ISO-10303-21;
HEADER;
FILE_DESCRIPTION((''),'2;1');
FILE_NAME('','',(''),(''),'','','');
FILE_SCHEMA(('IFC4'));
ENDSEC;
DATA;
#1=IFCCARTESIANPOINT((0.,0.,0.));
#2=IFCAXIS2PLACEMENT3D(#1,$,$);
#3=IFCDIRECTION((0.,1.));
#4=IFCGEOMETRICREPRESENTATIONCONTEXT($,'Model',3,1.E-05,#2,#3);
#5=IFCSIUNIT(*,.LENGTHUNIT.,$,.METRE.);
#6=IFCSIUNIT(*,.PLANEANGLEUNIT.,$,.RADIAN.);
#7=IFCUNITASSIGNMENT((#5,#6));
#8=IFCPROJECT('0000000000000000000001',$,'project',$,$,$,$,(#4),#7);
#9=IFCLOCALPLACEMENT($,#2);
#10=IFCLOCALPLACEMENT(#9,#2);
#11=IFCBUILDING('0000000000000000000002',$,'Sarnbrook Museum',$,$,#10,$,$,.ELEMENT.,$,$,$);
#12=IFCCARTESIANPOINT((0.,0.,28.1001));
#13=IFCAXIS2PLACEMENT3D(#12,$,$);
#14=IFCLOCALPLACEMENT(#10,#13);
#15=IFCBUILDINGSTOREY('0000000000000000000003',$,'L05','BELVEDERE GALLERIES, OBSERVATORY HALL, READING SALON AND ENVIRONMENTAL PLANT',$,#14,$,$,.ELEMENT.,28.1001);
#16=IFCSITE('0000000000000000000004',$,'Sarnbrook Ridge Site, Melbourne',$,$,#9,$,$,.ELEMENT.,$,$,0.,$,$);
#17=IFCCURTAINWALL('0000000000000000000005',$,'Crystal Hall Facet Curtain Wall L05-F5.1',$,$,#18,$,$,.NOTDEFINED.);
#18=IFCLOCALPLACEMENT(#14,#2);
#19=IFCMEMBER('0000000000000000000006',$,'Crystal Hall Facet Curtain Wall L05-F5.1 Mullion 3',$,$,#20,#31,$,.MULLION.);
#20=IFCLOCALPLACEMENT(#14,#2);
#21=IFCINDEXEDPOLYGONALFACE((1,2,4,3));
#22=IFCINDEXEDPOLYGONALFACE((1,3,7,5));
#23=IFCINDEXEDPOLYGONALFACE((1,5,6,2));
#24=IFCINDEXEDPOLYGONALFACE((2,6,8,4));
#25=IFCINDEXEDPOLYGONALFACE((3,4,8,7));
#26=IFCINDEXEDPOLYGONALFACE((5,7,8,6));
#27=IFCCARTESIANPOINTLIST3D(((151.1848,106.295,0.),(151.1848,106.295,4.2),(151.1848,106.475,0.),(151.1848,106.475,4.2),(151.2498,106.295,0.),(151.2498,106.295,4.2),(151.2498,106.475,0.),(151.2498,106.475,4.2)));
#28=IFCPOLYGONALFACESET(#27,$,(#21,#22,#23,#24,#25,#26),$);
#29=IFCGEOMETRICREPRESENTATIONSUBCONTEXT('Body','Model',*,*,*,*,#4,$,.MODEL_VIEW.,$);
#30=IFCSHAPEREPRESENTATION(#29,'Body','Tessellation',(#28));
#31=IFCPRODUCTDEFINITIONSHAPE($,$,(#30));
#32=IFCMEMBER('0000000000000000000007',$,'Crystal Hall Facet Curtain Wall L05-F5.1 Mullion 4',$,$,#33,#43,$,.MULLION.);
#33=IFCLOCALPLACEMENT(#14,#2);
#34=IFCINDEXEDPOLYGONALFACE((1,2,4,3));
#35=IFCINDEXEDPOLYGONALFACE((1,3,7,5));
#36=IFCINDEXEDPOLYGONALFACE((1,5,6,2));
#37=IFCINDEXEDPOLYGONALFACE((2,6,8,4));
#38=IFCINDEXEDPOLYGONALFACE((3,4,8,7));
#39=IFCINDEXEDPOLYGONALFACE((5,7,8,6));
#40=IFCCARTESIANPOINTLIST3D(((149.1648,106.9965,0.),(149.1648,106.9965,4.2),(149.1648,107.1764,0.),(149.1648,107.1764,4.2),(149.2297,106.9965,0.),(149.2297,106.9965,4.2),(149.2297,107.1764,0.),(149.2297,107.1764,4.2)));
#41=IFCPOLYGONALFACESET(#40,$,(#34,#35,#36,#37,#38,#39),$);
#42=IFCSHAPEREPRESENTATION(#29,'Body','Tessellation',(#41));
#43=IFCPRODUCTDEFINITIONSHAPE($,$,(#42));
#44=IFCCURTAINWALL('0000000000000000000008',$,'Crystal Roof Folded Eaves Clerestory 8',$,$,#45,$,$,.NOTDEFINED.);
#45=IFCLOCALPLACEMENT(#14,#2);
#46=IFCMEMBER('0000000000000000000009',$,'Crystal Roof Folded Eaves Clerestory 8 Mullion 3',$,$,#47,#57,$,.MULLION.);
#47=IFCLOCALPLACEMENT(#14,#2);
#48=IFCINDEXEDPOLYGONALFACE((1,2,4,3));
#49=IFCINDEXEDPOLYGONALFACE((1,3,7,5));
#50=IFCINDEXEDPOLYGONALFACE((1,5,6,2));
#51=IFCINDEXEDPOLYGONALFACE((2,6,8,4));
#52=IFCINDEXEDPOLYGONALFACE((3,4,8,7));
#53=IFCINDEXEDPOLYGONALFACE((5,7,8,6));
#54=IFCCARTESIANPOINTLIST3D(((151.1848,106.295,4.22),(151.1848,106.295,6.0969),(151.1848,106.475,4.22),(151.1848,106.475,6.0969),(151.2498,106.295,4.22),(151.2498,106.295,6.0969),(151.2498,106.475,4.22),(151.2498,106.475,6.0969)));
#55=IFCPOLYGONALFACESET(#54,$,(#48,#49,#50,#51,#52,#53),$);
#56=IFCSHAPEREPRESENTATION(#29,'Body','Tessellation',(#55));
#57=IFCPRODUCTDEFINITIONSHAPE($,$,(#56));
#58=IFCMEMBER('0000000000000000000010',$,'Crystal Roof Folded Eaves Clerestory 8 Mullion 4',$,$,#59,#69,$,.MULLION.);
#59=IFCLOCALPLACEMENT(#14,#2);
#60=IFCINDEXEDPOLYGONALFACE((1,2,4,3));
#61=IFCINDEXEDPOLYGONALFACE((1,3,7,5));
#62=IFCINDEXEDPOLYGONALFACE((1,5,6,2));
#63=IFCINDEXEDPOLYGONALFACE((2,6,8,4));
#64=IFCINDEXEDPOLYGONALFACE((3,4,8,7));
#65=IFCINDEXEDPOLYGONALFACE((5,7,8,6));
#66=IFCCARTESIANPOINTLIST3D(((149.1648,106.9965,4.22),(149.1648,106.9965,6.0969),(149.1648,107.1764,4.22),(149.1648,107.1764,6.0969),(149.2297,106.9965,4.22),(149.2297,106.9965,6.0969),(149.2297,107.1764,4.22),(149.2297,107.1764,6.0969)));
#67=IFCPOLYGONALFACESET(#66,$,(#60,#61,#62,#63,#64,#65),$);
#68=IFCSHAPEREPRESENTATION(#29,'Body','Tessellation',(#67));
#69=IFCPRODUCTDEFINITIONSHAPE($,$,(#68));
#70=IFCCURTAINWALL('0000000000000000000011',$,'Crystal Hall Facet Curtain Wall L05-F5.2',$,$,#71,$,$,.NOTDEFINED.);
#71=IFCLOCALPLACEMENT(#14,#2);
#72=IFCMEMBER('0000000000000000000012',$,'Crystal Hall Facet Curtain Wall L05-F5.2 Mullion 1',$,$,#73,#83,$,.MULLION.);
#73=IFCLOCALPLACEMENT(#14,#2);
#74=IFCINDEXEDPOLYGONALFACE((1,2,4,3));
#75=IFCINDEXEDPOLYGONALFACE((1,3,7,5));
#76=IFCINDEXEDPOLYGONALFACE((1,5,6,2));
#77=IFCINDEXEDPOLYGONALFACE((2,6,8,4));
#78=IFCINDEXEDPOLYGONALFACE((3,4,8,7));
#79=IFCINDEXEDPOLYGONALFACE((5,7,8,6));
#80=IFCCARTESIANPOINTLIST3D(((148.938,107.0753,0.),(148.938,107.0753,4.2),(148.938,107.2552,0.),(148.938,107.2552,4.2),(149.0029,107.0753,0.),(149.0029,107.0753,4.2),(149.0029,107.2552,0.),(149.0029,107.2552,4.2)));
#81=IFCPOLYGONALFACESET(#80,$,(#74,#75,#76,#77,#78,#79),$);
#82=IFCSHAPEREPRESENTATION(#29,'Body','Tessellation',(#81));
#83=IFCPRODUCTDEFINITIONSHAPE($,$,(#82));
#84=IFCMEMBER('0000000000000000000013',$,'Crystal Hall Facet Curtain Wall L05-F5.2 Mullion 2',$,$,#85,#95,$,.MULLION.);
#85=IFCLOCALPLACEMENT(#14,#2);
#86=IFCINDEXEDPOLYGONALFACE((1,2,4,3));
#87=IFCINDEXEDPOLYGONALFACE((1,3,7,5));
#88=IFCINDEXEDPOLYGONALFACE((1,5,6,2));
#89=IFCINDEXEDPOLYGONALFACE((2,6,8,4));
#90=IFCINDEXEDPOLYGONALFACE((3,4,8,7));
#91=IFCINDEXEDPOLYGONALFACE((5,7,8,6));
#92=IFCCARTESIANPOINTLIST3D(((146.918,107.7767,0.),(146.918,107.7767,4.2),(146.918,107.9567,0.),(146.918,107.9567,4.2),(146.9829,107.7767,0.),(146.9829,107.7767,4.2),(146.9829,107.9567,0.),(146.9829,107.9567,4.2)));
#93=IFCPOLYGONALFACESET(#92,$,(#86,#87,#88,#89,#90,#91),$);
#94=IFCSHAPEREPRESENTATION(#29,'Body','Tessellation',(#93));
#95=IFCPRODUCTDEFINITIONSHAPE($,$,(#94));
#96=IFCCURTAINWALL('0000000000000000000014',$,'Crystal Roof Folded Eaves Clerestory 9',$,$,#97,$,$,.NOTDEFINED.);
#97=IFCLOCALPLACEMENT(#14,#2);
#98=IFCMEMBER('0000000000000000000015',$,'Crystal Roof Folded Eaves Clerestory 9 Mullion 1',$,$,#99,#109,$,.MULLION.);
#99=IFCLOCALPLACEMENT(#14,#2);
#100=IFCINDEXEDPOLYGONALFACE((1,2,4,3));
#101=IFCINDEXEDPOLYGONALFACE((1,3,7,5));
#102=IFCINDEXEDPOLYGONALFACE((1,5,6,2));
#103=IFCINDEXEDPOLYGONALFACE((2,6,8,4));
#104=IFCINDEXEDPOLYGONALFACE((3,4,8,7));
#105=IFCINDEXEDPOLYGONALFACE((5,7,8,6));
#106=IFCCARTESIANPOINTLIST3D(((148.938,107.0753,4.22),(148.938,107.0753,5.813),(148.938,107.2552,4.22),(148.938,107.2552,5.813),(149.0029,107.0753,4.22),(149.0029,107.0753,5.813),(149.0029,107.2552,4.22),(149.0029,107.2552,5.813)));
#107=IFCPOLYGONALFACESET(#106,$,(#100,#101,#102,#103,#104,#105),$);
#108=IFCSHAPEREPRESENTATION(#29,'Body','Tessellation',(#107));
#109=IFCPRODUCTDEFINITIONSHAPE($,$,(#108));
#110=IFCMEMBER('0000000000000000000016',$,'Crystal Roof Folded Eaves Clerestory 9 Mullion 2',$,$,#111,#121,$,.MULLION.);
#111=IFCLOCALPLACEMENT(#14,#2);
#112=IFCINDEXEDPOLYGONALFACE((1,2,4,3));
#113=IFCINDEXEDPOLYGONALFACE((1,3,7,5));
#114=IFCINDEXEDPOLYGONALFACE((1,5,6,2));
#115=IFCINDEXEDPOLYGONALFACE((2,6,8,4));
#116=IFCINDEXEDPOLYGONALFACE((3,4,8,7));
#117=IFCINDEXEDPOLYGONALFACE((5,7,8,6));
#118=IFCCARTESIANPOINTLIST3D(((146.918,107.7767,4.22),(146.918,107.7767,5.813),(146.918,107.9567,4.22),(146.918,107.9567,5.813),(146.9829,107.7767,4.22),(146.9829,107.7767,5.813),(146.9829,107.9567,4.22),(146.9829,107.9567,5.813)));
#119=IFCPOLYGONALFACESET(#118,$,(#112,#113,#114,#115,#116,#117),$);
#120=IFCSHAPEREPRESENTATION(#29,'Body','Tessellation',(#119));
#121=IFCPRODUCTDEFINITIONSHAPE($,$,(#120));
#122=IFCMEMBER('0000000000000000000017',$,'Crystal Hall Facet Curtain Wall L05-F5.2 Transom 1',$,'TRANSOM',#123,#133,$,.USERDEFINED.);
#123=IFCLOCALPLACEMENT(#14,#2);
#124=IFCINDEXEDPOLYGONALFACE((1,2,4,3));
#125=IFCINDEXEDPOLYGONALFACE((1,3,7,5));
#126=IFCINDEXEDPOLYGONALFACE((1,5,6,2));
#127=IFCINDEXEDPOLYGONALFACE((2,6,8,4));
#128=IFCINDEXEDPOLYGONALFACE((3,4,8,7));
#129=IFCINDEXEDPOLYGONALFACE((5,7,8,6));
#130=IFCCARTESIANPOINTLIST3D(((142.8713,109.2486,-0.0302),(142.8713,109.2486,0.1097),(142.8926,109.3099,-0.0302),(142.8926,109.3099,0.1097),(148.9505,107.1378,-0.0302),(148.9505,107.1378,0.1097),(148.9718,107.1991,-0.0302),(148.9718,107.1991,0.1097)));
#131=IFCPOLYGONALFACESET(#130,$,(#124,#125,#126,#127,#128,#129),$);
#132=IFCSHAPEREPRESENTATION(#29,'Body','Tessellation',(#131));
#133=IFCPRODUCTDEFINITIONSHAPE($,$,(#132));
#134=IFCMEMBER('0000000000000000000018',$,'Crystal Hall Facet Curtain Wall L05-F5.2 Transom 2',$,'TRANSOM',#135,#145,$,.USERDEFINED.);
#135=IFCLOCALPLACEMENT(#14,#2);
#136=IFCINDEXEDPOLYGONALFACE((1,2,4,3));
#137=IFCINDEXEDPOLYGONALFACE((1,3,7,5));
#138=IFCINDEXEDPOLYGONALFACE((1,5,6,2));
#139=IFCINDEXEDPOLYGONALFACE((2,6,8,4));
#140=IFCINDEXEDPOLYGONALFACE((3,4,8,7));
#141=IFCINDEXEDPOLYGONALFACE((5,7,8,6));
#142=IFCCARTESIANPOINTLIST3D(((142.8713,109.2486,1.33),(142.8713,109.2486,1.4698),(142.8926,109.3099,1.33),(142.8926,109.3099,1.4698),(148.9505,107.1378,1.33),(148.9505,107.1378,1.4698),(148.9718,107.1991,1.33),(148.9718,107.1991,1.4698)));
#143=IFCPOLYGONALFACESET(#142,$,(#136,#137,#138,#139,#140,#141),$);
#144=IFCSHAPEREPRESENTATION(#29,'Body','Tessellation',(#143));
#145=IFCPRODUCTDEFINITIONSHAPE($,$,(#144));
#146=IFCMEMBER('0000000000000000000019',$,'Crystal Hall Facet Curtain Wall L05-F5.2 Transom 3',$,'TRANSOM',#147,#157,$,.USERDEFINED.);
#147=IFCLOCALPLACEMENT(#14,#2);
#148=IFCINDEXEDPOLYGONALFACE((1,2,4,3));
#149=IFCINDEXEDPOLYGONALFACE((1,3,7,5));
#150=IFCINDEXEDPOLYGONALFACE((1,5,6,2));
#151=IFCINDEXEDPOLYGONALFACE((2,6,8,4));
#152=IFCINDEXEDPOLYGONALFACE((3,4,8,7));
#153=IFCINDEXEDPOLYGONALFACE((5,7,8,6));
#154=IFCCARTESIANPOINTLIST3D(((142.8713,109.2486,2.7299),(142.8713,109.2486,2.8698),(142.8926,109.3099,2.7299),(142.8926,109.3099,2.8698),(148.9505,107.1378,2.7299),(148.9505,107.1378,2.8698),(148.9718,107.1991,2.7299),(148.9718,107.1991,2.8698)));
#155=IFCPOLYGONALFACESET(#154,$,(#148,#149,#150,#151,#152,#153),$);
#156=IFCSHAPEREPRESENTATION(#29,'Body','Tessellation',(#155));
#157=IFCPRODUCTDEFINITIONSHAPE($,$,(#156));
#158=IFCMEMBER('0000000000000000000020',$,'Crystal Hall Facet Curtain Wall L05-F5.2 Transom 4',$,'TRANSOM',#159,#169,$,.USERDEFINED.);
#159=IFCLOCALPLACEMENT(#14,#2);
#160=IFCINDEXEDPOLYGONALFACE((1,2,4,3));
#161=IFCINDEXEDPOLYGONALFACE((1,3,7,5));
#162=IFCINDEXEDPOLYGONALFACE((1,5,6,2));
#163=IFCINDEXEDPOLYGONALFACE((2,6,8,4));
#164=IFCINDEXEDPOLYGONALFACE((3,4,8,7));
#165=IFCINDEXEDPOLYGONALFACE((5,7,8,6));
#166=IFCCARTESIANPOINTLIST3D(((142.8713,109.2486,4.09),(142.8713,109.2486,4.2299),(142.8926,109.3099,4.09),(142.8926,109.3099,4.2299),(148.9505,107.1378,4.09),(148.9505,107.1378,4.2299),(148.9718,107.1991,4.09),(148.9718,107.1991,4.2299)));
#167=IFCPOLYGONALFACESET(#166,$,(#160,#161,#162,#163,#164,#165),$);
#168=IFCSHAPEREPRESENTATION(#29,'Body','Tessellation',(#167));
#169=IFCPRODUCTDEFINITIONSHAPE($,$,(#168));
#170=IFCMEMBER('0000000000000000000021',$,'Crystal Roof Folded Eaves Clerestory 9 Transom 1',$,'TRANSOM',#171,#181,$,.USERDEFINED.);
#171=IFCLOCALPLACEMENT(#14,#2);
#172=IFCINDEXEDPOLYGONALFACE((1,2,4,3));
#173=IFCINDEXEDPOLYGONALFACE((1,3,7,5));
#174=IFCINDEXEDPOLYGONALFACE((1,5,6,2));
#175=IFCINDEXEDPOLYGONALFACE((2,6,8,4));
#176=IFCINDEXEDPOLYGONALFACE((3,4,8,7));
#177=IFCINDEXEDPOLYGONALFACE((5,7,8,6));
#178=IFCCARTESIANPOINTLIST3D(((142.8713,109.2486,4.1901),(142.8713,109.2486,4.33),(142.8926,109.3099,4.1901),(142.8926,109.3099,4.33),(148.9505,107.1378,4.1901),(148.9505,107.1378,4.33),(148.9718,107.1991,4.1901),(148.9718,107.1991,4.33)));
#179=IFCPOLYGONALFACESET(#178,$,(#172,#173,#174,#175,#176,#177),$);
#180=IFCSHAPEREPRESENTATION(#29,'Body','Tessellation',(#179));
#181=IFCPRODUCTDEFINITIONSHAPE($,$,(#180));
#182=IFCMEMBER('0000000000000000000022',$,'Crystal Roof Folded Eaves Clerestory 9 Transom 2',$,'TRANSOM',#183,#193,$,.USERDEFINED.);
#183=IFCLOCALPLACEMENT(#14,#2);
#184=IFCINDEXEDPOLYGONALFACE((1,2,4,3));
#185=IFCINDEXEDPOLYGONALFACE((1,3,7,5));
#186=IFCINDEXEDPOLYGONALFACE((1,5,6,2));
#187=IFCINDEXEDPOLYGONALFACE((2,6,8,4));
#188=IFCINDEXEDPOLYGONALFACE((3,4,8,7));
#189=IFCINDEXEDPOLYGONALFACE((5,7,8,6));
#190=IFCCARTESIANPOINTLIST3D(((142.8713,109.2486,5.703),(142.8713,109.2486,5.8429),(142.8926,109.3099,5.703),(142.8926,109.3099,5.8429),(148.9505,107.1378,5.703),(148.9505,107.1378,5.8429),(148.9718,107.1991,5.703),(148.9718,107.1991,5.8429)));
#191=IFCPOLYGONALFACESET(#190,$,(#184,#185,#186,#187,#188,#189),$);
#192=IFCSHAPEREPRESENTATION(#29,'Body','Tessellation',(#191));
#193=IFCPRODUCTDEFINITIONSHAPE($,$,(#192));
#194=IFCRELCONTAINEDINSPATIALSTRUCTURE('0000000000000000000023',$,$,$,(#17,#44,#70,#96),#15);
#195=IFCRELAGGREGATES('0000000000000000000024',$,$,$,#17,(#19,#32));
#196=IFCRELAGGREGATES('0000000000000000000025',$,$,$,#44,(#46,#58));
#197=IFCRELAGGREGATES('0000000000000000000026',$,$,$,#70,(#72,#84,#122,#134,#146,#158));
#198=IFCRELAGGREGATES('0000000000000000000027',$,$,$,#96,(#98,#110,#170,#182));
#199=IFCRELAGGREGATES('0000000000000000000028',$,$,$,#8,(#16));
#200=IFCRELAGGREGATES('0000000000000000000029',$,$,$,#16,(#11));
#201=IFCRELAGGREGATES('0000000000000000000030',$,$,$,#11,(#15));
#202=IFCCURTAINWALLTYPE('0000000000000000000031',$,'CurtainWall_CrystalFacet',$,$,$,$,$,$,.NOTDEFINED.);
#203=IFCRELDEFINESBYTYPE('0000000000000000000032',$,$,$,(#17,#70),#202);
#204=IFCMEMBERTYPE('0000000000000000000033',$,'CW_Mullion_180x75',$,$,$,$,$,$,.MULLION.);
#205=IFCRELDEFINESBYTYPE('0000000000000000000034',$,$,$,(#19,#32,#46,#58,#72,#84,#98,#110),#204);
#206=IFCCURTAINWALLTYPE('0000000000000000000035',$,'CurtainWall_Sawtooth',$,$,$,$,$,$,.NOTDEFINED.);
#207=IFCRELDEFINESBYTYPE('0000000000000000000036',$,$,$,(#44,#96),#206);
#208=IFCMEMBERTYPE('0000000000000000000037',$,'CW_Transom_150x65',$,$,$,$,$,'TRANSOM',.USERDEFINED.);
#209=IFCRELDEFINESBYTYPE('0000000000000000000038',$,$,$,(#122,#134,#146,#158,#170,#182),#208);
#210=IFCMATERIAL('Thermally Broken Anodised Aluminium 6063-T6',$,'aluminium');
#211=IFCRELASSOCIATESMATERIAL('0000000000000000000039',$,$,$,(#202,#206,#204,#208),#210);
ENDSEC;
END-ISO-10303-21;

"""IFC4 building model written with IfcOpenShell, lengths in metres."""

from ifc_helpers import new_model, si_unit, direction, frame, origin, origin_2d, place, context, subcontext, project, spatial, rectangle, extrude, material, material_profile, profile_set, type_object, element, aggregate, save


model = new_model("IFC4")

# Units and contexts
model_context = context("Model", 3, precision=1e-05, world=origin(), true_north=direction((0.0, 1.0)))
body_context = subcontext(model_context, "Body", "Model", "MODEL_VIEW")
ifc_project = project(units=[si_unit("LENGTHUNIT", "METRE"), si_unit("PLANEANGLEUNIT", "RADIAN")], contexts=[model_context])

# Site, building, storey
site_placement = place(None, origin())
site = spatial("IfcSite", under=ifc_project, at=site_placement, Name="Sarnbrook Ridge Site, Melbourne", CompositionType="ELEMENT", RefElevation=0.0)
building_placement = place(site_placement, origin())
building = spatial("IfcBuilding", under=site, at=building_placement, Name="Sarnbrook Museum", CompositionType="ELEMENT")
storey_placement = place(building_placement, frame((0.0, 0.0, 28.1001)))
storey = spatial("IfcBuildingStorey", under=building, at=storey_placement, Name="L05", Description="BELVEDERE GALLERIES, OBSERVATORY HALL, READING SALON AND ENVIRONMENTAL PLANT", CompositionType="ELEMENT", Elevation=28.1001)

# Curtain walls, members
ifc_material_1 = material(Name="Thermally Broken Anodised Aluminium 6063-T6", Category="aluminium")
curtain_wall_type_1 = type_object("IfcCurtainWallType", Name="CurtainWall_CrystalFacet", PredefinedType="NOTDEFINED", material=ifc_material_1)
curtain_wall_1_placement = place(storey_placement, origin())
curtain_wall_1 = element("IfcCurtainWall", 1, at=curtain_wall_1_placement, inside=storey, type_object=curtain_wall_type_1, Name="Crystal Hall Facet Curtain Wall L05-F5.1", PredefinedType="NOTDEFINED")
ifc_material_profile_1 = material_profile(ifc_material_1, rectangle(XDim=0.0649, YDim=0.1799, at=origin_2d()), Name="ALU MULLION 65x180")
ifc_profile_set_1 = profile_set([ifc_material_profile_1], Name="Thermally Broken Anodised Aluminium 6063-T6")
member_type_1 = type_object("IfcMemberType", Name="CW_Mullion_180x75", PredefinedType="MULLION", material=ifc_profile_set_1)
member_1_placement = place(storey_placement, frame((151.2173, 106.385, 0.0), z_axis=(0.0, 0.0, 1.0), x_axis=(1.0, 0.0, 0.0)))
member_1 = element("IfcMember", 2, at=member_1_placement, type_object=member_type_1, Name="Crystal Hall Facet Curtain Wall L05-F5.1 Mullion 3", PredefinedType="MULLION", context=body_context, shape_type="SweptSolid", body=[
    extrude(rectangle(XDim=0.0649, YDim=0.1799, at=origin_2d()), origin(), (0.0, 0.0, 1.0), 4.2),
])
member_2_placement = place(storey_placement, frame((149.1973, 107.0864, 0.0), z_axis=(0.0, 0.0, 1.0), x_axis=(1.0, 0.0, 0.0)))
member_2 = element("IfcMember", 3, at=member_2_placement, type_object=member_type_1, Name="Crystal Hall Facet Curtain Wall L05-F5.1 Mullion 4", PredefinedType="MULLION", context=body_context, shape_type="SweptSolid", body=[
    extrude(rectangle(XDim=0.0649, YDim=0.1799, at=origin_2d()), origin(), (0.0, 0.0, 1.0), 4.2),
])
curtain_wall_type_2 = type_object("IfcCurtainWallType", Name="CurtainWall_Sawtooth", PredefinedType="NOTDEFINED", material=ifc_material_1)
curtain_wall_2_placement = place(storey_placement, origin())
curtain_wall_2 = element("IfcCurtainWall", 4, at=curtain_wall_2_placement, inside=storey, type_object=curtain_wall_type_2, Name="Crystal Roof Folded Eaves Clerestory 8", PredefinedType="NOTDEFINED")
member_3_placement = place(storey_placement, frame((151.2173, 106.385, 4.22), z_axis=(0.0, 0.0, 1.0), x_axis=(1.0, 0.0, 0.0)))
member_3 = element("IfcMember", 5, at=member_3_placement, type_object=member_type_1, Name="Crystal Roof Folded Eaves Clerestory 8 Mullion 3", PredefinedType="MULLION", context=body_context, shape_type="SweptSolid", body=[
    extrude(rectangle(XDim=0.0649, YDim=0.1799, at=origin_2d()), origin(), (0.0, 0.0, 1.0), 1.877),
])
member_4_placement = place(storey_placement, frame((149.1973, 107.0864, 4.22), z_axis=(0.0, 0.0, 1.0), x_axis=(1.0, 0.0, 0.0)))
member_4 = element("IfcMember", 6, at=member_4_placement, type_object=member_type_1, Name="Crystal Roof Folded Eaves Clerestory 8 Mullion 4", PredefinedType="MULLION", context=body_context, shape_type="SweptSolid", body=[
    extrude(rectangle(XDim=0.0649, YDim=0.1799, at=origin_2d()), origin(), (0.0, 0.0, 1.0), 1.877),
])
curtain_wall_3_placement = place(storey_placement, origin())
curtain_wall_3 = element("IfcCurtainWall", 7, at=curtain_wall_3_placement, inside=storey, type_object=curtain_wall_type_1, Name="Crystal Hall Facet Curtain Wall L05-F5.2", PredefinedType="NOTDEFINED")
member_5_placement = place(storey_placement, frame((148.9705, 107.1653, 0.0), z_axis=(0.0, 0.0, 1.0), x_axis=(1.0, 0.0, 0.0)))
member_5 = element("IfcMember", 8, at=member_5_placement, type_object=member_type_1, Name="Crystal Hall Facet Curtain Wall L05-F5.2 Mullion 1", PredefinedType="MULLION", context=body_context, shape_type="SweptSolid", body=[
    extrude(rectangle(XDim=0.0649, YDim=0.1799, at=origin_2d()), origin(), (0.0, 0.0, 1.0), 4.2),
])
member_6_placement = place(storey_placement, frame((146.9504, 107.8667, 0.0), z_axis=(0.0, 0.0, 1.0), x_axis=(1.0, 0.0, 0.0)))
member_6 = element("IfcMember", 9, at=member_6_placement, type_object=member_type_1, Name="Crystal Hall Facet Curtain Wall L05-F5.2 Mullion 2", PredefinedType="MULLION", context=body_context, shape_type="SweptSolid", body=[
    extrude(rectangle(XDim=0.0649, YDim=0.1799, at=origin_2d()), origin(), (0.0, 0.0, 1.0), 4.2),
])
curtain_wall_4_placement = place(storey_placement, origin())
curtain_wall_4 = element("IfcCurtainWall", 10, at=curtain_wall_4_placement, inside=storey, type_object=curtain_wall_type_2, Name="Crystal Roof Folded Eaves Clerestory 9", PredefinedType="NOTDEFINED")
member_7_placement = place(storey_placement, frame((148.9705, 107.1653, 4.22), z_axis=(0.0, 0.0, 1.0), x_axis=(1.0, 0.0, 0.0)))
member_7 = element("IfcMember", 11, at=member_7_placement, type_object=member_type_1, Name="Crystal Roof Folded Eaves Clerestory 9 Mullion 1", PredefinedType="MULLION", context=body_context, shape_type="SweptSolid", body=[
    extrude(rectangle(XDim=0.0649, YDim=0.1799, at=origin_2d()), origin(), (0.0, 0.0, 1.0), 1.593),
])
member_8_placement = place(storey_placement, frame((146.9504, 107.8667, 4.22), z_axis=(0.0, 0.0, 1.0), x_axis=(1.0, 0.0, 0.0)))
member_8 = element("IfcMember", 12, at=member_8_placement, type_object=member_type_1, Name="Crystal Roof Folded Eaves Clerestory 9 Mullion 2", PredefinedType="MULLION", context=body_context, shape_type="SweptSolid", body=[
    extrude(rectangle(XDim=0.0649, YDim=0.1799, at=origin_2d()), origin(), (0.0, 0.0, 1.0), 1.593),
])

# Members
ifc_material_profile_2 = material_profile(ifc_material_1, rectangle(XDim=0.0649, YDim=0.1399, at=origin_2d()), Name="ALU TRANSOM 65x140")
ifc_profile_set_2 = profile_set([ifc_material_profile_2], Name="Thermally Broken Anodised Aluminium 6063-T6")
member_type_2 = type_object("IfcMemberType", Name="CW_Transom_150x65", ElementType="TRANSOM", PredefinedType="USERDEFINED", material=ifc_profile_set_2)
member_9_placement = place(storey_placement, frame((148.9612, 107.1685, 0.0398), z_axis=(-0.944676, 0.328006, 0.0), x_axis=(-0.328006, -0.944676, 0.0)))
member_9 = element("IfcMember", 13, at=member_9_placement, type_object=member_type_2, Name="Crystal Hall Facet Curtain Wall L05-F5.2 Transom 1", ObjectType="TRANSOM", PredefinedType="USERDEFINED", context=body_context, shape_type="SweptSolid", body=[
    extrude(rectangle(XDim=0.0649, YDim=0.1399, at=origin_2d()), origin(), (0.0, 0.0, 1.0), 6.4353),
])
member_10_placement = place(storey_placement, frame((148.9612, 107.1685, 1.3999), z_axis=(-0.944676, 0.328006, 0.0), x_axis=(-0.328006, -0.944676, 0.0)))
member_10 = element("IfcMember", 14, at=member_10_placement, type_object=member_type_2, Name="Crystal Hall Facet Curtain Wall L05-F5.2 Transom 2", ObjectType="TRANSOM", PredefinedType="USERDEFINED", context=body_context, shape_type="SweptSolid", body=[
    extrude(rectangle(XDim=0.0649, YDim=0.1399, at=origin_2d()), origin(), (0.0, 0.0, 1.0), 6.4353),
])
member_11_placement = place(storey_placement, frame((148.9612, 107.1685, 2.7998), z_axis=(-0.944676, 0.328006, 0.0), x_axis=(-0.328006, -0.944676, 0.0)))
member_11 = element("IfcMember", 15, at=member_11_placement, type_object=member_type_2, Name="Crystal Hall Facet Curtain Wall L05-F5.2 Transom 3", ObjectType="TRANSOM", PredefinedType="USERDEFINED", context=body_context, shape_type="SweptSolid", body=[
    extrude(rectangle(XDim=0.0649, YDim=0.1399, at=origin_2d()), origin(), (0.0, 0.0, 1.0), 6.4353),
])
member_12_placement = place(storey_placement, frame((148.9612, 107.1685, 4.1599), z_axis=(-0.944676, 0.328006, 0.0), x_axis=(-0.328006, -0.944676, 0.0)))
member_12 = element("IfcMember", 16, at=member_12_placement, type_object=member_type_2, Name="Crystal Hall Facet Curtain Wall L05-F5.2 Transom 4", ObjectType="TRANSOM", PredefinedType="USERDEFINED", context=body_context, shape_type="SweptSolid", body=[
    extrude(rectangle(XDim=0.0649, YDim=0.1399, at=origin_2d()), origin(), (0.0, 0.0, 1.0), 6.4353),
])
member_13_placement = place(storey_placement, frame((148.9612, 107.1685, 4.26), z_axis=(-0.944676, 0.328006, 0.0), x_axis=(-0.328006, -0.944676, 0.0)))
member_13 = element("IfcMember", 17, at=member_13_placement, type_object=member_type_2, Name="Crystal Roof Folded Eaves Clerestory 9 Transom 1", ObjectType="TRANSOM", PredefinedType="USERDEFINED", context=body_context, shape_type="SweptSolid", body=[
    extrude(rectangle(XDim=0.0649, YDim=0.1399, at=origin_2d()), origin(), (0.0, 0.0, 1.0), 6.4353),
])
member_14_placement = place(storey_placement, frame((148.9612, 107.1685, 5.7729), z_axis=(-0.944676, 0.328006, 0.0), x_axis=(-0.328006, -0.944676, 0.0)))
member_14 = element("IfcMember", 18, at=member_14_placement, type_object=member_type_2, Name="Crystal Roof Folded Eaves Clerestory 9 Transom 2", ObjectType="TRANSOM", PredefinedType="USERDEFINED", context=body_context, shape_type="SweptSolid", body=[
    extrude(rectangle(XDim=0.0649, YDim=0.1399, at=origin_2d()), origin(), (0.0, 0.0, 1.0), 6.4353),
])

aggregate(curtain_wall_1, [member_1, member_2])
aggregate(curtain_wall_2, [member_3, member_4])
aggregate(curtain_wall_3, [member_5, member_6, member_9, member_10, member_11, member_12])
aggregate(curtain_wall_4, [member_7, member_8, member_13, member_14])

save(model, "model.ifc")
